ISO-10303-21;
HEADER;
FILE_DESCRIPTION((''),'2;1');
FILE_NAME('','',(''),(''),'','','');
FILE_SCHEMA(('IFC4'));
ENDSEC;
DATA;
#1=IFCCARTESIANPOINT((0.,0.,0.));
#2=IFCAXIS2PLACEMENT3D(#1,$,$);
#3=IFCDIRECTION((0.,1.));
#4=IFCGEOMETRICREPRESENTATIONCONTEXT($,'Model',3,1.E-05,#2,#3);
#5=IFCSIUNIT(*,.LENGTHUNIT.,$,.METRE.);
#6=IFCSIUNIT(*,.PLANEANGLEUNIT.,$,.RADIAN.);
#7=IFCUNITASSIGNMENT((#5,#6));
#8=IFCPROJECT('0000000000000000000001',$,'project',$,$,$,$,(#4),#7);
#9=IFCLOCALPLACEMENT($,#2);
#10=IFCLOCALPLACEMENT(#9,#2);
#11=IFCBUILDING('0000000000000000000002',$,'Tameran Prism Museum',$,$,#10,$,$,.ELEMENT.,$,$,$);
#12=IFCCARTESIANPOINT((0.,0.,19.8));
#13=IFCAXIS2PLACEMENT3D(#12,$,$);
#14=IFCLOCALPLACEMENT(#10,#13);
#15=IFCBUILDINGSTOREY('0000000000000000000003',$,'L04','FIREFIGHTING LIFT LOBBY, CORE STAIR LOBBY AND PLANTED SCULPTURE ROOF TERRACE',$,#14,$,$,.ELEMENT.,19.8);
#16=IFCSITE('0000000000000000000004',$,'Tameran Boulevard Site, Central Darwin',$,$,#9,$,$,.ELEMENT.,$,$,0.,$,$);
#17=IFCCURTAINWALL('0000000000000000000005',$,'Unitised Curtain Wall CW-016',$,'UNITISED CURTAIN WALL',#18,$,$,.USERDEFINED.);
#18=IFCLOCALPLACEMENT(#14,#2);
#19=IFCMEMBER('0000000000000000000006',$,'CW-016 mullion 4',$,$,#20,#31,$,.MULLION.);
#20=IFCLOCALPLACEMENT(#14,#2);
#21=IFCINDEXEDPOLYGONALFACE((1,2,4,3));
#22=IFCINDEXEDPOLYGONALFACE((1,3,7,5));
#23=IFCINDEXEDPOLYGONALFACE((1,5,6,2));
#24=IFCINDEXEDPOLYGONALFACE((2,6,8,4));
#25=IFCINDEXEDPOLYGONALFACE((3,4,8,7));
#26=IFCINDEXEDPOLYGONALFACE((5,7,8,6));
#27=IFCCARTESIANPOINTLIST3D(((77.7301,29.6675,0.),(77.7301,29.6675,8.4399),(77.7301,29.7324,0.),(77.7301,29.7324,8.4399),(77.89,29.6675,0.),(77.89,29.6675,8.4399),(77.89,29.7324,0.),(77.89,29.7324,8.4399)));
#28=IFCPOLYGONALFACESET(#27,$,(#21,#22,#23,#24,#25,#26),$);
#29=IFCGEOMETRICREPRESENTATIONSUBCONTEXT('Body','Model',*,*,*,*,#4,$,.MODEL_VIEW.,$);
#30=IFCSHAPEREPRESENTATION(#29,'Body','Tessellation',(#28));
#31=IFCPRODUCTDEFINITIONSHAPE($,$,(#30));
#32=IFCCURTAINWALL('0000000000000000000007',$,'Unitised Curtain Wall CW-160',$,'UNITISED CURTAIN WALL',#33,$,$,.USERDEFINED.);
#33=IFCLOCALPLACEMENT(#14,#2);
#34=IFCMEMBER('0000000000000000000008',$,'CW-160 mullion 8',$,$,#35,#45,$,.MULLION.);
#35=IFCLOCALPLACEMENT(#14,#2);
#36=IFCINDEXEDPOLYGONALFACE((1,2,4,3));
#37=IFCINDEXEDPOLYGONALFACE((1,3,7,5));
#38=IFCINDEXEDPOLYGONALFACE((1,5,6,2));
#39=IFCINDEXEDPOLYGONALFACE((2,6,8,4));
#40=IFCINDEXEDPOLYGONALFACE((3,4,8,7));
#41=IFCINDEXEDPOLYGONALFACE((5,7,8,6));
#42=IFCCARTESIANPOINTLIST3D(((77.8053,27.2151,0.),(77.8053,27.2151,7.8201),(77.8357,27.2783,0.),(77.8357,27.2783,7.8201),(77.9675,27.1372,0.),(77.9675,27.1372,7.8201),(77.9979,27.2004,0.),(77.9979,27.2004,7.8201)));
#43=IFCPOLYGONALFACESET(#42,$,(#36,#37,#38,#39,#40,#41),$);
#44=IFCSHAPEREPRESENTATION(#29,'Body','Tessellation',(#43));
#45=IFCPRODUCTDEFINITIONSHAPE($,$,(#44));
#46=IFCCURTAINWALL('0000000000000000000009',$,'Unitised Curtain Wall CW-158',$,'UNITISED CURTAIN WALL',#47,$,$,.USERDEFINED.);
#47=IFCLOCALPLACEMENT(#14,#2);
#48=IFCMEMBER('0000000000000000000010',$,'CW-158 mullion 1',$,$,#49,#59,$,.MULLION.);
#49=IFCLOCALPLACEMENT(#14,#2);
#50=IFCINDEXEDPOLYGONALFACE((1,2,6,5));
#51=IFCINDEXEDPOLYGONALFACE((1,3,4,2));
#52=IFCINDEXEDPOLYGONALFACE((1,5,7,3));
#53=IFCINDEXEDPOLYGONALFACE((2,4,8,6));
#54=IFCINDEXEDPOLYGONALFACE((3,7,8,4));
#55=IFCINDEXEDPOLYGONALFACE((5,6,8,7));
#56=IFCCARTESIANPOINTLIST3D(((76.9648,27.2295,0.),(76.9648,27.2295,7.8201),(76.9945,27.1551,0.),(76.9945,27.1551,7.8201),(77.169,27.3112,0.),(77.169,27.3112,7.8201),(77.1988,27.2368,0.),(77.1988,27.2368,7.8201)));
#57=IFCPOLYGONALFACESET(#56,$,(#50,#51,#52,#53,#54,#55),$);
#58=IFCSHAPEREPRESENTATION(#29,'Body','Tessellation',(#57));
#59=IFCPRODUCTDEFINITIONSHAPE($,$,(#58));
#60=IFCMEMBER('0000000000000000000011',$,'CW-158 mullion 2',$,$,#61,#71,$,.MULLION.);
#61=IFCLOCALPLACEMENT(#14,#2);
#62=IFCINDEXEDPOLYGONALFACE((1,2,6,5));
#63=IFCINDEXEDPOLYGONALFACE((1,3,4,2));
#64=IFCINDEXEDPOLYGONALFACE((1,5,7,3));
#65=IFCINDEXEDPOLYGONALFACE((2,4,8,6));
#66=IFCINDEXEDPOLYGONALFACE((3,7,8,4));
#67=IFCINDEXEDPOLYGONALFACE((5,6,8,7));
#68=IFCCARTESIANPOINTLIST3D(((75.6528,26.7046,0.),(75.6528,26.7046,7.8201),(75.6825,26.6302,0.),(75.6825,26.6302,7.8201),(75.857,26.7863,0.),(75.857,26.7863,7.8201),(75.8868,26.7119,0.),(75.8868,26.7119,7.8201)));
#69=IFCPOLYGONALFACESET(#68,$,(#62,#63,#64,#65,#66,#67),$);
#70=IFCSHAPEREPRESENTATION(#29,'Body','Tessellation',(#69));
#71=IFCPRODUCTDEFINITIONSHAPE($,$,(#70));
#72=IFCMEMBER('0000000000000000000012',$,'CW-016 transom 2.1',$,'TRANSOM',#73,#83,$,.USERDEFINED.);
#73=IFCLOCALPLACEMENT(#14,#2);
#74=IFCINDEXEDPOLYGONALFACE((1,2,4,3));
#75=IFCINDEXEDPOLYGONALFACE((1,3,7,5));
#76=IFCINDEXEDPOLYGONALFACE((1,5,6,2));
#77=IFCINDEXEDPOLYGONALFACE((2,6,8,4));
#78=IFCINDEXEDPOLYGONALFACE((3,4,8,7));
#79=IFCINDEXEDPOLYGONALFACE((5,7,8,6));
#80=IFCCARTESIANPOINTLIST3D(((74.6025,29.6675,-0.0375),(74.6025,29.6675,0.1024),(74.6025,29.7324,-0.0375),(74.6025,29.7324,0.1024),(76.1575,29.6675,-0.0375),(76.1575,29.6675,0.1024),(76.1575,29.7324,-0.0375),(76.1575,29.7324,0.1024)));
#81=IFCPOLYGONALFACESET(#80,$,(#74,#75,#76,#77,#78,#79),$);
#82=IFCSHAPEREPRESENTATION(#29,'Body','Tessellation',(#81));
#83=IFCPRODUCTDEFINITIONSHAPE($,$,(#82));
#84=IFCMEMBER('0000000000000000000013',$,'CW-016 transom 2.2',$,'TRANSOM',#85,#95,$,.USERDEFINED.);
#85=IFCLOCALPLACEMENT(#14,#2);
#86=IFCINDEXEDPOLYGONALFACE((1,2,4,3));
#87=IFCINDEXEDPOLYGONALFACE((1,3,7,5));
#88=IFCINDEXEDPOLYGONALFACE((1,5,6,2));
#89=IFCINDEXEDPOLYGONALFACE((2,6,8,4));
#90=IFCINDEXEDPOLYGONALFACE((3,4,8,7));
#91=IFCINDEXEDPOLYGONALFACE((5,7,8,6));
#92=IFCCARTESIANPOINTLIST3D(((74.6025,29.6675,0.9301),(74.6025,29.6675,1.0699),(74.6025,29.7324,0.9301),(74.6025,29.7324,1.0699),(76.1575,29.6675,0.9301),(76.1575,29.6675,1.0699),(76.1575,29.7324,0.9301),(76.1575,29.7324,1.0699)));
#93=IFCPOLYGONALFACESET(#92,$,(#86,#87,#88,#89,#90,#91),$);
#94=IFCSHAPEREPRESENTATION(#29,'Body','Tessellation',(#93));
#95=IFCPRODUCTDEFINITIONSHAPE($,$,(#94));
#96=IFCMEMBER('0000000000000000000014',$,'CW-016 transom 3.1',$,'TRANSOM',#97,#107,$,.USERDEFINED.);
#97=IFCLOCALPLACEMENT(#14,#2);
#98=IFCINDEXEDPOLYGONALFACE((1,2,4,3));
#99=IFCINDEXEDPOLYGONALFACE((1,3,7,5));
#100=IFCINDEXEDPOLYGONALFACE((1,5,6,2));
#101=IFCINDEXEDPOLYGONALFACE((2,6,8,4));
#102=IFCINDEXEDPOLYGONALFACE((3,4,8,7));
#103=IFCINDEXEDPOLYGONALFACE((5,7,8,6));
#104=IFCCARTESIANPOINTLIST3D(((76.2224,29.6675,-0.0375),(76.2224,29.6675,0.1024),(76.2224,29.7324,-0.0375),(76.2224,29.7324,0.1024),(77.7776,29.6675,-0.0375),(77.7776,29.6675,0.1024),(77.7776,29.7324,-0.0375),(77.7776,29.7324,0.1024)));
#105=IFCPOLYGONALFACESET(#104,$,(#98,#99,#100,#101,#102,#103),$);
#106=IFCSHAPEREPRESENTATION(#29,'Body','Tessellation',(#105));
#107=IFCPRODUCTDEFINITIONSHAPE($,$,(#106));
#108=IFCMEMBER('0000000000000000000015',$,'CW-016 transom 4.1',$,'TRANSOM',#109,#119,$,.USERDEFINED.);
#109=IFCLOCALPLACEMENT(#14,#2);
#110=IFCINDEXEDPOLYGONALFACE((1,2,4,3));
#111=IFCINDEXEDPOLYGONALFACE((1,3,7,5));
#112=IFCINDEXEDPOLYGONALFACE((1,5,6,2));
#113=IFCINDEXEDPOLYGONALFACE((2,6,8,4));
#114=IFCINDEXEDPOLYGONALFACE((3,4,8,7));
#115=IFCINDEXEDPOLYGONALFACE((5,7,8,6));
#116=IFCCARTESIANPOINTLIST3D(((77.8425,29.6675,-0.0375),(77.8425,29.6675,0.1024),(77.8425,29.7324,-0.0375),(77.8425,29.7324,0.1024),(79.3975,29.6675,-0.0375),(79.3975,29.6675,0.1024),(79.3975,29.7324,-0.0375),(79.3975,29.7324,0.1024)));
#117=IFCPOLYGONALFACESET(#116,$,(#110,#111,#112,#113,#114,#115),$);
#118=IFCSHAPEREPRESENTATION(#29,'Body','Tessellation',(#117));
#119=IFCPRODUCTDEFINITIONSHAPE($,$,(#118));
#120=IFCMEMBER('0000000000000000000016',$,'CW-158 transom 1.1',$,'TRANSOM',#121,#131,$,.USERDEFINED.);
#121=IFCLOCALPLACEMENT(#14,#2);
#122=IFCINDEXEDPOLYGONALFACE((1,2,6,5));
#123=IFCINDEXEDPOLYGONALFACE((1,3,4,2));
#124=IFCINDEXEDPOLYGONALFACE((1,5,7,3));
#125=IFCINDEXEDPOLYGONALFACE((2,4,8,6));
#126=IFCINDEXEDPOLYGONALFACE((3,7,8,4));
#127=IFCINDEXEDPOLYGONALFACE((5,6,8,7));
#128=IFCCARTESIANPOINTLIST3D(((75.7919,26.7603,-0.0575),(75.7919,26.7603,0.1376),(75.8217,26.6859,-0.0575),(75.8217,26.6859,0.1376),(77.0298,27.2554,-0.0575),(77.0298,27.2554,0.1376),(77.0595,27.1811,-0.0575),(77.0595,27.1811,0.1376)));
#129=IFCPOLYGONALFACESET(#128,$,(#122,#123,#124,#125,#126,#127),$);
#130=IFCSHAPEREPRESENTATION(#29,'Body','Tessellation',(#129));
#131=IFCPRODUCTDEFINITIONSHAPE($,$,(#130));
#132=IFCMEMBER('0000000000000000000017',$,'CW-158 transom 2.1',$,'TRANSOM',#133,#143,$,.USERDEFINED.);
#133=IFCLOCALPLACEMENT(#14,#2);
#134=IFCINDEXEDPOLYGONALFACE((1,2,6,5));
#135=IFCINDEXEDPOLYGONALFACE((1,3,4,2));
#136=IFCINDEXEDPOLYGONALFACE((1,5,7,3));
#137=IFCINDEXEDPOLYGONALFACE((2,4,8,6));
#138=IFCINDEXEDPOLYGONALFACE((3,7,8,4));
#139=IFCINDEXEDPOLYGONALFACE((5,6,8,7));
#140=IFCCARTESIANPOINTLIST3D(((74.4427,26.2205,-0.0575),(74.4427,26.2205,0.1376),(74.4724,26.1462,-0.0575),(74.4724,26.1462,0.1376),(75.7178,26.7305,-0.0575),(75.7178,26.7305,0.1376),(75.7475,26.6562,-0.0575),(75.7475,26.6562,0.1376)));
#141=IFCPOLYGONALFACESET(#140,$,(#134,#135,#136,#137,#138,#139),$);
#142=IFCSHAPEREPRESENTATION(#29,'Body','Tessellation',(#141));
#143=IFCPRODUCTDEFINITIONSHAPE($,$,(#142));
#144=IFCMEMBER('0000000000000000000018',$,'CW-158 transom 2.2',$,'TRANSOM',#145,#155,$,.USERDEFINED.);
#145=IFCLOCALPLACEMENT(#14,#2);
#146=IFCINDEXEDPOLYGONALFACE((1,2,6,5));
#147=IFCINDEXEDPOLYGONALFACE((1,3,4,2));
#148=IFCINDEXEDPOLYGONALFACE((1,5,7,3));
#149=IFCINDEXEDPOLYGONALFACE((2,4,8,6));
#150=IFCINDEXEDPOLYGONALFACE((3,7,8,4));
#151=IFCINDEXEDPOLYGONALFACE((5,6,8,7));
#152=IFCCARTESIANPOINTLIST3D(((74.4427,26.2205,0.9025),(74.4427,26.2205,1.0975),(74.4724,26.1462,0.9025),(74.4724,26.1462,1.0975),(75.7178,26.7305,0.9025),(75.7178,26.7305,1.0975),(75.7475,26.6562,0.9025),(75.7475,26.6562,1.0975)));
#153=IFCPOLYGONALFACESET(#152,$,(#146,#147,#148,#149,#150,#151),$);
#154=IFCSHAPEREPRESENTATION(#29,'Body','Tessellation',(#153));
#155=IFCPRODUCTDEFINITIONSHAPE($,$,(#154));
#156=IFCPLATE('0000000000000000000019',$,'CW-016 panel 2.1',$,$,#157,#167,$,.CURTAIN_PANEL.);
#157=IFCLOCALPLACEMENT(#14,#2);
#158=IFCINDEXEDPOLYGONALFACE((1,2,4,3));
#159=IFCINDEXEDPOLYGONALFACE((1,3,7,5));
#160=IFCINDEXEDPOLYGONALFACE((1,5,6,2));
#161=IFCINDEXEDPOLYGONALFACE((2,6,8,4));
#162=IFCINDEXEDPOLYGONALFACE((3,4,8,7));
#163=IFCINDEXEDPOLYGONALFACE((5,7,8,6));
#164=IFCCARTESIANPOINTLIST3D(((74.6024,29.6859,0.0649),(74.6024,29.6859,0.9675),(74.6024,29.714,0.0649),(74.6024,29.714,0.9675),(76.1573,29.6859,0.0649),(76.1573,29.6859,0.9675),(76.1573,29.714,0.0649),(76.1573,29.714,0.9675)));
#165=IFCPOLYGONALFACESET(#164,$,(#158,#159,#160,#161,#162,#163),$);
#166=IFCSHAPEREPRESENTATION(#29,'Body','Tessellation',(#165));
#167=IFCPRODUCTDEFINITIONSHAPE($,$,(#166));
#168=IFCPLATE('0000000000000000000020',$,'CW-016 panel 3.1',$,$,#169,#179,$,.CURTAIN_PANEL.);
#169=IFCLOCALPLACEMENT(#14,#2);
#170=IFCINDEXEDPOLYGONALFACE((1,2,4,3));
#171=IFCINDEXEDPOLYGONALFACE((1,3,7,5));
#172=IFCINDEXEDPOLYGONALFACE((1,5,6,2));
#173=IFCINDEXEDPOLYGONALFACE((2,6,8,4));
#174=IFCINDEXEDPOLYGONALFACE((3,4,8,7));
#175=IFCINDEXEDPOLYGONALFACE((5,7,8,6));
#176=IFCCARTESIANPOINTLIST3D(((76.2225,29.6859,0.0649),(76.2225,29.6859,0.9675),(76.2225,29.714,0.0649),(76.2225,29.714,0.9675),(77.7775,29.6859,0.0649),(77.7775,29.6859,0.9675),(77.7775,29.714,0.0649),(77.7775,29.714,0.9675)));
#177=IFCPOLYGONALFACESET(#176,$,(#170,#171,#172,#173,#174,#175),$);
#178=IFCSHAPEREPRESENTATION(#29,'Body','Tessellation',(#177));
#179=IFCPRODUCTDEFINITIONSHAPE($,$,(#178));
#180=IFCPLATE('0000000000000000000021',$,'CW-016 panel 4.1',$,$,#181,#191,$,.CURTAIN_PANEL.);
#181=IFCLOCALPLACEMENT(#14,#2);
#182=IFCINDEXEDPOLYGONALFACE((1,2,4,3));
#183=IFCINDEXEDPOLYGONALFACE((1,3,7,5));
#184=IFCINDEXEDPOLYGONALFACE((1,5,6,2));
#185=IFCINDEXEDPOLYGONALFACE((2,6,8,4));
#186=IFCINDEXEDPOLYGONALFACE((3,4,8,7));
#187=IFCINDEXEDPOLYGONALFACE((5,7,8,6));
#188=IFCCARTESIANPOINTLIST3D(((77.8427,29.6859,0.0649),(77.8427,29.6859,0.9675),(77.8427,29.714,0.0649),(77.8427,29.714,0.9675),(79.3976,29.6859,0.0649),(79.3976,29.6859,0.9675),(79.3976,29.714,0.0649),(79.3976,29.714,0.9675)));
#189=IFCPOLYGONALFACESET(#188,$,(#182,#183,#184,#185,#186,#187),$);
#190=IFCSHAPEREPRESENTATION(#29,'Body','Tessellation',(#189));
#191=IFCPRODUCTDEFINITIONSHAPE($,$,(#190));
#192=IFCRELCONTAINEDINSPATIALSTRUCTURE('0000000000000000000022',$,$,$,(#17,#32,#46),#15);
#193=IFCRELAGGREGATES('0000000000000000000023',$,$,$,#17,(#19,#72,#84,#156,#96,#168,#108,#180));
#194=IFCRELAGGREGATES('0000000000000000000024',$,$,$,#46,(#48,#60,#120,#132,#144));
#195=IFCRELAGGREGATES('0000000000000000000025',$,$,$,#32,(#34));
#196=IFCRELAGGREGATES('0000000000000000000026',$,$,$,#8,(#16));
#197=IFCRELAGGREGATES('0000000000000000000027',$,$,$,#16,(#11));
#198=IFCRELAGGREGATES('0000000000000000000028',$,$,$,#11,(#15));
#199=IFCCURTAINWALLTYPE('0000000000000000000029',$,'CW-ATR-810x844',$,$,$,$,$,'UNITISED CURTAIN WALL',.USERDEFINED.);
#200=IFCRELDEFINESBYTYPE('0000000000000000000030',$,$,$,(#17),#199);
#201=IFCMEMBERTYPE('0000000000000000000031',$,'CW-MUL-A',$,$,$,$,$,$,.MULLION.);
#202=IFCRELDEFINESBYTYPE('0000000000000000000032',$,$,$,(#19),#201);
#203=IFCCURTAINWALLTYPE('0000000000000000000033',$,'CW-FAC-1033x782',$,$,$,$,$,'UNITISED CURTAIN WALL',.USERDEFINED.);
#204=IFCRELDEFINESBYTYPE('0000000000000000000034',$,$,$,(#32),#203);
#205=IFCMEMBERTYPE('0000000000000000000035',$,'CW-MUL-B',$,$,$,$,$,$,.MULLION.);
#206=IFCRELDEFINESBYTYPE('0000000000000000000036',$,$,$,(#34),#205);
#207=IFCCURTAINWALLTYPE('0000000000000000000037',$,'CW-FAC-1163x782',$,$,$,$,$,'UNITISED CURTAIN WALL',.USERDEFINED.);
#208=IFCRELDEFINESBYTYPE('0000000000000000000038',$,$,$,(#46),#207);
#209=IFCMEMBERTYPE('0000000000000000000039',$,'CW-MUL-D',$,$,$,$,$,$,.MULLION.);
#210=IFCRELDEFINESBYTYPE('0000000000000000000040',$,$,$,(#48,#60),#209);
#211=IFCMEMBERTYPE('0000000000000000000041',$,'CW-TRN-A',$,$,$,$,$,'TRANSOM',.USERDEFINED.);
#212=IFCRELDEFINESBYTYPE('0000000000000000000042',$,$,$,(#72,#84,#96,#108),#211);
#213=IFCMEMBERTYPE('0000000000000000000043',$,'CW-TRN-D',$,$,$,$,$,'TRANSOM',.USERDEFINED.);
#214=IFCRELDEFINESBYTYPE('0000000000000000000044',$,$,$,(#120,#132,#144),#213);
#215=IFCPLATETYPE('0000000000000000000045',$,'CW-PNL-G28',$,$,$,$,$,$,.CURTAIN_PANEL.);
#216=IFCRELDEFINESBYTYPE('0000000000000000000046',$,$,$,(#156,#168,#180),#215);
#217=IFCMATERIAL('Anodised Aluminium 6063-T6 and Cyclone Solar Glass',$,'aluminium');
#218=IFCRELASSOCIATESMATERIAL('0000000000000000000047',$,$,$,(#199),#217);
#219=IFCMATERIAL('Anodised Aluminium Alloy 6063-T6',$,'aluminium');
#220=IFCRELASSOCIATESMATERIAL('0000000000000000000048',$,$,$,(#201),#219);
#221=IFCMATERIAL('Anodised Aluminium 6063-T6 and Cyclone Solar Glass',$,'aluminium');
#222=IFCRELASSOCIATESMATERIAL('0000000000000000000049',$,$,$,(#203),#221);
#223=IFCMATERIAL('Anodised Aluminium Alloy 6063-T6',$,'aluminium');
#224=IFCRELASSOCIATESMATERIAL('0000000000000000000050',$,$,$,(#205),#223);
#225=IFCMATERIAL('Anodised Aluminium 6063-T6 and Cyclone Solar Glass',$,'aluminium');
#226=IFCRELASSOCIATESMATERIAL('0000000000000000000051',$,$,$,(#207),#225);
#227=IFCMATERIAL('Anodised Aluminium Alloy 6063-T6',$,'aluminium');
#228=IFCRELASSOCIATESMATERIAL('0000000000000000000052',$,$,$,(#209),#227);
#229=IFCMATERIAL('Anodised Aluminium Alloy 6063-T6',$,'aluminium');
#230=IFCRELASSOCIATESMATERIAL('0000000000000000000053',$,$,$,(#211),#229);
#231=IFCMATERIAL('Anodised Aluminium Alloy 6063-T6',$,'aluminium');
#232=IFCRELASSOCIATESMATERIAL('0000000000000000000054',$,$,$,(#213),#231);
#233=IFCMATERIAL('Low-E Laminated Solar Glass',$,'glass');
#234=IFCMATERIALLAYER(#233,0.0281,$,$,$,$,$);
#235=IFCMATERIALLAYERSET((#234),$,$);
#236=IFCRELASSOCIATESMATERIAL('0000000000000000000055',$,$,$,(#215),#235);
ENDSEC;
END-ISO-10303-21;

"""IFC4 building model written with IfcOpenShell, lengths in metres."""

from ifc_helpers import new_model, si_unit, direction, frame, origin, origin_2d, place, context, subcontext, project, spatial, rectangle, extrude, material, layer, layer_set, material_profile, profile_set, type_object, element, aggregate, save


model = new_model("IFC4")

# Units and contexts
model_context = context("Model", 3, precision=1e-05, world=origin(), true_north=direction((0.0, 1.0)))
body_context = subcontext(model_context, "Body", "Model", "MODEL_VIEW")
ifc_project = project(units=[si_unit("LENGTHUNIT", "METRE"), si_unit("PLANEANGLEUNIT", "RADIAN")], contexts=[model_context])

# Site, building, storey
site_placement = place(None, origin())
site = spatial("IfcSite", under=ifc_project, at=site_placement, Name="Tameran Boulevard Site, Central Darwin", CompositionType="ELEMENT", RefElevation=0.0)
building_placement = place(site_placement, origin())
building = spatial("IfcBuilding", under=site, at=building_placement, Name="Tameran Prism Museum", CompositionType="ELEMENT")
storey_placement = place(building_placement, frame((0.0, 0.0, 19.8)))
storey = spatial("IfcBuildingStorey", under=building, at=storey_placement, Name="L04", Description="FIREFIGHTING LIFT LOBBY, CORE STAIR LOBBY AND PLANTED SCULPTURE ROOF TERRACE", CompositionType="ELEMENT", Elevation=19.8)

# Curtain wall, member
ifc_material_1 = material(Name="Anodised Aluminium 6063-T6 and Cyclone Solar Glass", Category="aluminium")
curtain_wall_type_1 = type_object("IfcCurtainWallType", Name="CW-ATR-810x844", ElementType="UNITISED CURTAIN WALL", PredefinedType="USERDEFINED", material=ifc_material_1)
curtain_wall_1_placement = place(storey_placement, origin())
curtain_wall_1 = element("IfcCurtainWall", 1, at=curtain_wall_1_placement, inside=storey, type_object=curtain_wall_type_1, Name="Unitised Curtain Wall CW-016", ObjectType="UNITISED CURTAIN WALL", PredefinedType="USERDEFINED")
ifc_material_2 = material(Name="Anodised Aluminium Alloy 6063-T6", Category="aluminium")
ifc_material_profile_1 = material_profile(ifc_material_2, rectangle(XDim=0.0649, YDim=0.1599, at=origin_2d()))
ifc_profile_set_1 = profile_set([ifc_material_profile_1])
member_type_1 = type_object("IfcMemberType", Name="CW-MUL-A", PredefinedType="MULLION", material=ifc_profile_set_1)
member_1_placement = place(storey_placement, frame((77.8101, 29.7, 0.0), z_axis=(0.0, 0.0, 1.0), x_axis=(0.0, 1.0, 0.0)))
member_1 = element("IfcMember", 2, at=member_1_placement, type_object=member_type_1, Name="CW-016 mullion 4", PredefinedType="MULLION", context=body_context, shape_type="SweptSolid", body=[
    extrude(rectangle(XDim=0.0649, YDim=0.1599, at=origin_2d()), origin(), (0.0, 0.0, 1.0), 8.4399),
])

# Curtain wall, member
ifc_material_3 = material(Name="Anodised Aluminium 6063-T6 and Cyclone Solar Glass", Category="aluminium")
curtain_wall_type_2 = type_object("IfcCurtainWallType", Name="CW-FAC-1033x782", ElementType="UNITISED CURTAIN WALL", PredefinedType="USERDEFINED", material=ifc_material_3)
curtain_wall_2_placement = place(storey_placement, origin())
curtain_wall_2 = element("IfcCurtainWall", 3, at=curtain_wall_2_placement, inside=storey, type_object=curtain_wall_type_2, Name="Unitised Curtain Wall CW-160", ObjectType="UNITISED CURTAIN WALL", PredefinedType="USERDEFINED")
ifc_material_4 = material(Name="Anodised Aluminium Alloy 6063-T6", Category="aluminium")
ifc_material_profile_2 = material_profile(ifc_material_4, rectangle(XDim=0.0701, YDim=0.1799, at=origin_2d()))
ifc_profile_set_2 = profile_set([ifc_material_profile_2])
member_type_2 = type_object("IfcMemberType", Name="CW-MUL-B", PredefinedType="MULLION", material=ifc_profile_set_2)
member_2_placement = place(storey_placement, frame((77.9016, 27.2078, 0.0), z_axis=(0.0, 0.0, 1.0), x_axis=(-0.432832, -0.901475, 0.0)))
member_2 = element("IfcMember", 4, at=member_2_placement, type_object=member_type_2, Name="CW-160 mullion 8", PredefinedType="MULLION", context=body_context, shape_type="SweptSolid", body=[
    extrude(rectangle(XDim=0.0701, YDim=0.1799, at=origin_2d()), origin(), (0.0, 0.0, 1.0), 7.8201),
])

# Curtain wall, members
ifc_material_5 = material(Name="Anodised Aluminium 6063-T6 and Cyclone Solar Glass", Category="aluminium")
curtain_wall_type_3 = type_object("IfcCurtainWallType", Name="CW-FAC-1163x782", ElementType="UNITISED CURTAIN WALL", PredefinedType="USERDEFINED", material=ifc_material_5)
curtain_wall_3_placement = place(storey_placement, origin())
curtain_wall_3 = element("IfcCurtainWall", 5, at=curtain_wall_3_placement, inside=storey, type_object=curtain_wall_type_3, Name="Unitised Curtain Wall CW-158", ObjectType="UNITISED CURTAIN WALL", PredefinedType="USERDEFINED")
ifc_material_6 = material(Name="Anodised Aluminium Alloy 6063-T6", Category="aluminium")
ifc_material_profile_3 = material_profile(ifc_material_6, rectangle(XDim=0.0801, YDim=0.22, at=origin_2d()))
ifc_profile_set_3 = profile_set([ifc_material_profile_3])
member_type_3 = type_object("IfcMemberType", Name="CW-MUL-D", PredefinedType="MULLION", material=ifc_profile_set_3)
member_3_placement = place(storey_placement, frame((77.0818, 27.2332, 0.0), z_axis=(0.0, 0.0, 1.0), x_axis=(0.37142, -0.928465, 0.0)))
member_3 = element("IfcMember", 6, at=member_3_placement, type_object=member_type_3, Name="CW-158 mullion 1", PredefinedType="MULLION", context=body_context, shape_type="SweptSolid", body=[
    extrude(rectangle(XDim=0.0801, YDim=0.22, at=origin_2d()), origin(), (0.0, 0.0, 1.0), 7.8201),
])
member_4_placement = place(storey_placement, frame((75.7698, 26.7083, 0.0), z_axis=(0.0, 0.0, 1.0), x_axis=(0.37142, -0.928465, 0.0)))
member_4 = element("IfcMember", 7, at=member_4_placement, type_object=member_type_3, Name="CW-158 mullion 2", PredefinedType="MULLION", context=body_context, shape_type="SweptSolid", body=[
    extrude(rectangle(XDim=0.0801, YDim=0.22, at=origin_2d()), origin(), (0.0, 0.0, 1.0), 7.8201),
])

# Members
ifc_material_7 = material(Name="Anodised Aluminium Alloy 6063-T6", Category="aluminium")
ifc_material_profile_4 = material_profile(ifc_material_7, rectangle(XDim=0.0649, YDim=0.1399, at=origin_2d()))
ifc_profile_set_4 = profile_set([ifc_material_profile_4])
member_type_4 = type_object("IfcMemberType", Name="CW-TRN-A", ElementType="TRANSOM", PredefinedType="USERDEFINED", material=ifc_profile_set_4)
member_5_placement = place(storey_placement, frame((74.6025, 29.7, 0.0325), z_axis=(1.0, 0.0, 0.0), x_axis=(0.0, 1.0, 0.0)))
member_5 = element("IfcMember", 8, at=member_5_placement, type_object=member_type_4, Name="CW-016 transom 2.1", ObjectType="TRANSOM", PredefinedType="USERDEFINED", context=body_context, shape_type="SweptSolid", body=[
    extrude(rectangle(XDim=0.0649, YDim=0.1399, at=origin_2d()), origin(), (0.0, 0.0, 1.0), 1.5549),
])
member_6_placement = place(storey_placement, frame((74.6025, 29.7, 1.0), z_axis=(1.0, 0.0, 0.0), x_axis=(0.0, 1.0, 0.0)))
member_6 = element("IfcMember", 9, at=member_6_placement, type_object=member_type_4, Name="CW-016 transom 2.2", ObjectType="TRANSOM", PredefinedType="USERDEFINED", context=body_context, shape_type="SweptSolid", body=[
    extrude(rectangle(XDim=0.0649, YDim=0.1399, at=origin_2d()), origin(), (0.0, 0.0, 1.0), 1.5549),
])
member_7_placement = place(storey_placement, frame((76.2224, 29.7, 0.0325), z_axis=(1.0, 0.0, 0.0), x_axis=(0.0, 1.0, 0.0)))
member_7 = element("IfcMember", 10, at=member_7_placement, type_object=member_type_4, Name="CW-016 transom 3.1", ObjectType="TRANSOM", PredefinedType="USERDEFINED", context=body_context, shape_type="SweptSolid", body=[
    extrude(rectangle(XDim=0.0649, YDim=0.1399, at=origin_2d()), origin(), (0.0, 0.0, 1.0), 1.5552),
])
member_8_placement = place(storey_placement, frame((77.8425, 29.7, 0.0325), z_axis=(1.0, 0.0, 0.0), x_axis=(0.0, 1.0, 0.0)))
member_8 = element("IfcMember", 11, at=member_8_placement, type_object=member_type_4, Name="CW-016 transom 4.1", ObjectType="TRANSOM", PredefinedType="USERDEFINED", context=body_context, shape_type="SweptSolid", body=[
    extrude(rectangle(XDim=0.0649, YDim=0.1399, at=origin_2d()), origin(), (0.0, 0.0, 1.0), 1.5549),
])
ifc_material_8 = material(Name="Anodised Aluminium Alloy 6063-T6", Category="aluminium")
ifc_material_profile_5 = material_profile(ifc_material_8, rectangle(XDim=0.0801, YDim=0.1951, at=origin_2d()))
ifc_profile_set_5 = profile_set([ifc_material_profile_5])
member_type_5 = type_object("IfcMemberType", Name="CW-TRN-D", ElementType="TRANSOM", PredefinedType="USERDEFINED", material=ifc_profile_set_5)
member_9_placement = place(storey_placement, frame((77.0447, 27.2183, 0.04), z_axis=(-0.928477, -0.371391, 0.0), x_axis=(0.371391, -0.928477, 0.0)))
member_9 = element("IfcMember", 12, at=member_9_placement, type_object=member_type_5, Name="CW-158 transom 1.1", ObjectType="TRANSOM", PredefinedType="USERDEFINED", context=body_context, shape_type="SweptSolid", body=[
    extrude(rectangle(XDim=0.0801, YDim=0.1951, at=origin_2d()), origin(), (0.0, 0.0, 1.0), 1.3333),
])
member_10_placement = place(storey_placement, frame((75.7327, 26.6934, 0.04), z_axis=(-0.928489, -0.37136, 0.0), x_axis=(0.37136, -0.928489, 0.0)))
member_10 = element("IfcMember", 13, at=member_10_placement, type_object=member_type_5, Name="CW-158 transom 2.1", ObjectType="TRANSOM", PredefinedType="USERDEFINED", context=body_context, shape_type="SweptSolid", body=[
    extrude(rectangle(XDim=0.0801, YDim=0.1951, at=origin_2d()), origin(), (0.0, 0.0, 1.0), 1.3733),
])
member_11_placement = place(storey_placement, frame((75.7327, 26.6934, 1.0), z_axis=(-0.928489, -0.37136, 0.0), x_axis=(0.37136, -0.928489, 0.0)))
member_11 = element("IfcMember", 14, at=member_11_placement, type_object=member_type_5, Name="CW-158 transom 2.2", ObjectType="TRANSOM", PredefinedType="USERDEFINED", context=body_context, shape_type="SweptSolid", body=[
    extrude(rectangle(XDim=0.0801, YDim=0.1951, at=origin_2d()), origin(), (0.0, 0.0, 1.0), 1.3733),
])

# Plates
ifc_material_9 = material(Name="Low-E Laminated Solar Glass", Category="glass")
ifc_layer_1 = layer(ifc_material_9, 0.0281)
ifc_layer_set_1 = layer_set([ifc_layer_1])
plate_type_1 = type_object("IfcPlateType", Name="CW-PNL-G28", PredefinedType="CURTAIN_PANEL", material=ifc_layer_set_1)
plate_1_placement = place(storey_placement, frame((75.3799, 29.7, 0.0649), z_axis=(0.0, 0.0, 1.0), x_axis=(1.0, 0.0, 0.0)))
plate_1 = element("IfcPlate", 15, at=plate_1_placement, type_object=plate_type_1, Name="CW-016 panel 2.1", PredefinedType="CURTAIN_PANEL", context=body_context, shape_type="SweptSolid", body=[
    extrude(rectangle(XDim=1.5549, YDim=0.0281, at=origin_2d()), origin(), (0.0, 0.0, 1.0), 0.9026),
])
plate_2_placement = place(storey_placement, frame((77.0, 29.7, 0.0649), z_axis=(0.0, 0.0, 1.0), x_axis=(1.0, 0.0, 0.0)))
plate_2 = element("IfcPlate", 16, at=plate_2_placement, type_object=plate_type_1, Name="CW-016 panel 3.1", PredefinedType="CURTAIN_PANEL", context=body_context, shape_type="SweptSolid", body=[
    extrude(rectangle(XDim=1.5549, YDim=0.0281, at=origin_2d()), origin(), (0.0, 0.0, 1.0), 0.9026),
])
plate_3_placement = place(storey_placement, frame((78.6201, 29.7, 0.0649), z_axis=(0.0, 0.0, 1.0), x_axis=(1.0, 0.0, 0.0)))
plate_3 = element("IfcPlate", 17, at=plate_3_placement, type_object=plate_type_1, Name="CW-016 panel 4.1", PredefinedType="CURTAIN_PANEL", context=body_context, shape_type="SweptSolid", body=[
    extrude(rectangle(XDim=1.5549, YDim=0.0281, at=origin_2d()), origin(), (0.0, 0.0, 1.0), 0.9026),
])
aggregate(curtain_wall_1, [member_1, member_5, member_6, plate_1, member_7, plate_2, member_8, plate_3])
aggregate(curtain_wall_3, [member_3, member_4, member_9, member_10, member_11])
aggregate(curtain_wall_2, [member_2])

save(model, "model.ifc")
